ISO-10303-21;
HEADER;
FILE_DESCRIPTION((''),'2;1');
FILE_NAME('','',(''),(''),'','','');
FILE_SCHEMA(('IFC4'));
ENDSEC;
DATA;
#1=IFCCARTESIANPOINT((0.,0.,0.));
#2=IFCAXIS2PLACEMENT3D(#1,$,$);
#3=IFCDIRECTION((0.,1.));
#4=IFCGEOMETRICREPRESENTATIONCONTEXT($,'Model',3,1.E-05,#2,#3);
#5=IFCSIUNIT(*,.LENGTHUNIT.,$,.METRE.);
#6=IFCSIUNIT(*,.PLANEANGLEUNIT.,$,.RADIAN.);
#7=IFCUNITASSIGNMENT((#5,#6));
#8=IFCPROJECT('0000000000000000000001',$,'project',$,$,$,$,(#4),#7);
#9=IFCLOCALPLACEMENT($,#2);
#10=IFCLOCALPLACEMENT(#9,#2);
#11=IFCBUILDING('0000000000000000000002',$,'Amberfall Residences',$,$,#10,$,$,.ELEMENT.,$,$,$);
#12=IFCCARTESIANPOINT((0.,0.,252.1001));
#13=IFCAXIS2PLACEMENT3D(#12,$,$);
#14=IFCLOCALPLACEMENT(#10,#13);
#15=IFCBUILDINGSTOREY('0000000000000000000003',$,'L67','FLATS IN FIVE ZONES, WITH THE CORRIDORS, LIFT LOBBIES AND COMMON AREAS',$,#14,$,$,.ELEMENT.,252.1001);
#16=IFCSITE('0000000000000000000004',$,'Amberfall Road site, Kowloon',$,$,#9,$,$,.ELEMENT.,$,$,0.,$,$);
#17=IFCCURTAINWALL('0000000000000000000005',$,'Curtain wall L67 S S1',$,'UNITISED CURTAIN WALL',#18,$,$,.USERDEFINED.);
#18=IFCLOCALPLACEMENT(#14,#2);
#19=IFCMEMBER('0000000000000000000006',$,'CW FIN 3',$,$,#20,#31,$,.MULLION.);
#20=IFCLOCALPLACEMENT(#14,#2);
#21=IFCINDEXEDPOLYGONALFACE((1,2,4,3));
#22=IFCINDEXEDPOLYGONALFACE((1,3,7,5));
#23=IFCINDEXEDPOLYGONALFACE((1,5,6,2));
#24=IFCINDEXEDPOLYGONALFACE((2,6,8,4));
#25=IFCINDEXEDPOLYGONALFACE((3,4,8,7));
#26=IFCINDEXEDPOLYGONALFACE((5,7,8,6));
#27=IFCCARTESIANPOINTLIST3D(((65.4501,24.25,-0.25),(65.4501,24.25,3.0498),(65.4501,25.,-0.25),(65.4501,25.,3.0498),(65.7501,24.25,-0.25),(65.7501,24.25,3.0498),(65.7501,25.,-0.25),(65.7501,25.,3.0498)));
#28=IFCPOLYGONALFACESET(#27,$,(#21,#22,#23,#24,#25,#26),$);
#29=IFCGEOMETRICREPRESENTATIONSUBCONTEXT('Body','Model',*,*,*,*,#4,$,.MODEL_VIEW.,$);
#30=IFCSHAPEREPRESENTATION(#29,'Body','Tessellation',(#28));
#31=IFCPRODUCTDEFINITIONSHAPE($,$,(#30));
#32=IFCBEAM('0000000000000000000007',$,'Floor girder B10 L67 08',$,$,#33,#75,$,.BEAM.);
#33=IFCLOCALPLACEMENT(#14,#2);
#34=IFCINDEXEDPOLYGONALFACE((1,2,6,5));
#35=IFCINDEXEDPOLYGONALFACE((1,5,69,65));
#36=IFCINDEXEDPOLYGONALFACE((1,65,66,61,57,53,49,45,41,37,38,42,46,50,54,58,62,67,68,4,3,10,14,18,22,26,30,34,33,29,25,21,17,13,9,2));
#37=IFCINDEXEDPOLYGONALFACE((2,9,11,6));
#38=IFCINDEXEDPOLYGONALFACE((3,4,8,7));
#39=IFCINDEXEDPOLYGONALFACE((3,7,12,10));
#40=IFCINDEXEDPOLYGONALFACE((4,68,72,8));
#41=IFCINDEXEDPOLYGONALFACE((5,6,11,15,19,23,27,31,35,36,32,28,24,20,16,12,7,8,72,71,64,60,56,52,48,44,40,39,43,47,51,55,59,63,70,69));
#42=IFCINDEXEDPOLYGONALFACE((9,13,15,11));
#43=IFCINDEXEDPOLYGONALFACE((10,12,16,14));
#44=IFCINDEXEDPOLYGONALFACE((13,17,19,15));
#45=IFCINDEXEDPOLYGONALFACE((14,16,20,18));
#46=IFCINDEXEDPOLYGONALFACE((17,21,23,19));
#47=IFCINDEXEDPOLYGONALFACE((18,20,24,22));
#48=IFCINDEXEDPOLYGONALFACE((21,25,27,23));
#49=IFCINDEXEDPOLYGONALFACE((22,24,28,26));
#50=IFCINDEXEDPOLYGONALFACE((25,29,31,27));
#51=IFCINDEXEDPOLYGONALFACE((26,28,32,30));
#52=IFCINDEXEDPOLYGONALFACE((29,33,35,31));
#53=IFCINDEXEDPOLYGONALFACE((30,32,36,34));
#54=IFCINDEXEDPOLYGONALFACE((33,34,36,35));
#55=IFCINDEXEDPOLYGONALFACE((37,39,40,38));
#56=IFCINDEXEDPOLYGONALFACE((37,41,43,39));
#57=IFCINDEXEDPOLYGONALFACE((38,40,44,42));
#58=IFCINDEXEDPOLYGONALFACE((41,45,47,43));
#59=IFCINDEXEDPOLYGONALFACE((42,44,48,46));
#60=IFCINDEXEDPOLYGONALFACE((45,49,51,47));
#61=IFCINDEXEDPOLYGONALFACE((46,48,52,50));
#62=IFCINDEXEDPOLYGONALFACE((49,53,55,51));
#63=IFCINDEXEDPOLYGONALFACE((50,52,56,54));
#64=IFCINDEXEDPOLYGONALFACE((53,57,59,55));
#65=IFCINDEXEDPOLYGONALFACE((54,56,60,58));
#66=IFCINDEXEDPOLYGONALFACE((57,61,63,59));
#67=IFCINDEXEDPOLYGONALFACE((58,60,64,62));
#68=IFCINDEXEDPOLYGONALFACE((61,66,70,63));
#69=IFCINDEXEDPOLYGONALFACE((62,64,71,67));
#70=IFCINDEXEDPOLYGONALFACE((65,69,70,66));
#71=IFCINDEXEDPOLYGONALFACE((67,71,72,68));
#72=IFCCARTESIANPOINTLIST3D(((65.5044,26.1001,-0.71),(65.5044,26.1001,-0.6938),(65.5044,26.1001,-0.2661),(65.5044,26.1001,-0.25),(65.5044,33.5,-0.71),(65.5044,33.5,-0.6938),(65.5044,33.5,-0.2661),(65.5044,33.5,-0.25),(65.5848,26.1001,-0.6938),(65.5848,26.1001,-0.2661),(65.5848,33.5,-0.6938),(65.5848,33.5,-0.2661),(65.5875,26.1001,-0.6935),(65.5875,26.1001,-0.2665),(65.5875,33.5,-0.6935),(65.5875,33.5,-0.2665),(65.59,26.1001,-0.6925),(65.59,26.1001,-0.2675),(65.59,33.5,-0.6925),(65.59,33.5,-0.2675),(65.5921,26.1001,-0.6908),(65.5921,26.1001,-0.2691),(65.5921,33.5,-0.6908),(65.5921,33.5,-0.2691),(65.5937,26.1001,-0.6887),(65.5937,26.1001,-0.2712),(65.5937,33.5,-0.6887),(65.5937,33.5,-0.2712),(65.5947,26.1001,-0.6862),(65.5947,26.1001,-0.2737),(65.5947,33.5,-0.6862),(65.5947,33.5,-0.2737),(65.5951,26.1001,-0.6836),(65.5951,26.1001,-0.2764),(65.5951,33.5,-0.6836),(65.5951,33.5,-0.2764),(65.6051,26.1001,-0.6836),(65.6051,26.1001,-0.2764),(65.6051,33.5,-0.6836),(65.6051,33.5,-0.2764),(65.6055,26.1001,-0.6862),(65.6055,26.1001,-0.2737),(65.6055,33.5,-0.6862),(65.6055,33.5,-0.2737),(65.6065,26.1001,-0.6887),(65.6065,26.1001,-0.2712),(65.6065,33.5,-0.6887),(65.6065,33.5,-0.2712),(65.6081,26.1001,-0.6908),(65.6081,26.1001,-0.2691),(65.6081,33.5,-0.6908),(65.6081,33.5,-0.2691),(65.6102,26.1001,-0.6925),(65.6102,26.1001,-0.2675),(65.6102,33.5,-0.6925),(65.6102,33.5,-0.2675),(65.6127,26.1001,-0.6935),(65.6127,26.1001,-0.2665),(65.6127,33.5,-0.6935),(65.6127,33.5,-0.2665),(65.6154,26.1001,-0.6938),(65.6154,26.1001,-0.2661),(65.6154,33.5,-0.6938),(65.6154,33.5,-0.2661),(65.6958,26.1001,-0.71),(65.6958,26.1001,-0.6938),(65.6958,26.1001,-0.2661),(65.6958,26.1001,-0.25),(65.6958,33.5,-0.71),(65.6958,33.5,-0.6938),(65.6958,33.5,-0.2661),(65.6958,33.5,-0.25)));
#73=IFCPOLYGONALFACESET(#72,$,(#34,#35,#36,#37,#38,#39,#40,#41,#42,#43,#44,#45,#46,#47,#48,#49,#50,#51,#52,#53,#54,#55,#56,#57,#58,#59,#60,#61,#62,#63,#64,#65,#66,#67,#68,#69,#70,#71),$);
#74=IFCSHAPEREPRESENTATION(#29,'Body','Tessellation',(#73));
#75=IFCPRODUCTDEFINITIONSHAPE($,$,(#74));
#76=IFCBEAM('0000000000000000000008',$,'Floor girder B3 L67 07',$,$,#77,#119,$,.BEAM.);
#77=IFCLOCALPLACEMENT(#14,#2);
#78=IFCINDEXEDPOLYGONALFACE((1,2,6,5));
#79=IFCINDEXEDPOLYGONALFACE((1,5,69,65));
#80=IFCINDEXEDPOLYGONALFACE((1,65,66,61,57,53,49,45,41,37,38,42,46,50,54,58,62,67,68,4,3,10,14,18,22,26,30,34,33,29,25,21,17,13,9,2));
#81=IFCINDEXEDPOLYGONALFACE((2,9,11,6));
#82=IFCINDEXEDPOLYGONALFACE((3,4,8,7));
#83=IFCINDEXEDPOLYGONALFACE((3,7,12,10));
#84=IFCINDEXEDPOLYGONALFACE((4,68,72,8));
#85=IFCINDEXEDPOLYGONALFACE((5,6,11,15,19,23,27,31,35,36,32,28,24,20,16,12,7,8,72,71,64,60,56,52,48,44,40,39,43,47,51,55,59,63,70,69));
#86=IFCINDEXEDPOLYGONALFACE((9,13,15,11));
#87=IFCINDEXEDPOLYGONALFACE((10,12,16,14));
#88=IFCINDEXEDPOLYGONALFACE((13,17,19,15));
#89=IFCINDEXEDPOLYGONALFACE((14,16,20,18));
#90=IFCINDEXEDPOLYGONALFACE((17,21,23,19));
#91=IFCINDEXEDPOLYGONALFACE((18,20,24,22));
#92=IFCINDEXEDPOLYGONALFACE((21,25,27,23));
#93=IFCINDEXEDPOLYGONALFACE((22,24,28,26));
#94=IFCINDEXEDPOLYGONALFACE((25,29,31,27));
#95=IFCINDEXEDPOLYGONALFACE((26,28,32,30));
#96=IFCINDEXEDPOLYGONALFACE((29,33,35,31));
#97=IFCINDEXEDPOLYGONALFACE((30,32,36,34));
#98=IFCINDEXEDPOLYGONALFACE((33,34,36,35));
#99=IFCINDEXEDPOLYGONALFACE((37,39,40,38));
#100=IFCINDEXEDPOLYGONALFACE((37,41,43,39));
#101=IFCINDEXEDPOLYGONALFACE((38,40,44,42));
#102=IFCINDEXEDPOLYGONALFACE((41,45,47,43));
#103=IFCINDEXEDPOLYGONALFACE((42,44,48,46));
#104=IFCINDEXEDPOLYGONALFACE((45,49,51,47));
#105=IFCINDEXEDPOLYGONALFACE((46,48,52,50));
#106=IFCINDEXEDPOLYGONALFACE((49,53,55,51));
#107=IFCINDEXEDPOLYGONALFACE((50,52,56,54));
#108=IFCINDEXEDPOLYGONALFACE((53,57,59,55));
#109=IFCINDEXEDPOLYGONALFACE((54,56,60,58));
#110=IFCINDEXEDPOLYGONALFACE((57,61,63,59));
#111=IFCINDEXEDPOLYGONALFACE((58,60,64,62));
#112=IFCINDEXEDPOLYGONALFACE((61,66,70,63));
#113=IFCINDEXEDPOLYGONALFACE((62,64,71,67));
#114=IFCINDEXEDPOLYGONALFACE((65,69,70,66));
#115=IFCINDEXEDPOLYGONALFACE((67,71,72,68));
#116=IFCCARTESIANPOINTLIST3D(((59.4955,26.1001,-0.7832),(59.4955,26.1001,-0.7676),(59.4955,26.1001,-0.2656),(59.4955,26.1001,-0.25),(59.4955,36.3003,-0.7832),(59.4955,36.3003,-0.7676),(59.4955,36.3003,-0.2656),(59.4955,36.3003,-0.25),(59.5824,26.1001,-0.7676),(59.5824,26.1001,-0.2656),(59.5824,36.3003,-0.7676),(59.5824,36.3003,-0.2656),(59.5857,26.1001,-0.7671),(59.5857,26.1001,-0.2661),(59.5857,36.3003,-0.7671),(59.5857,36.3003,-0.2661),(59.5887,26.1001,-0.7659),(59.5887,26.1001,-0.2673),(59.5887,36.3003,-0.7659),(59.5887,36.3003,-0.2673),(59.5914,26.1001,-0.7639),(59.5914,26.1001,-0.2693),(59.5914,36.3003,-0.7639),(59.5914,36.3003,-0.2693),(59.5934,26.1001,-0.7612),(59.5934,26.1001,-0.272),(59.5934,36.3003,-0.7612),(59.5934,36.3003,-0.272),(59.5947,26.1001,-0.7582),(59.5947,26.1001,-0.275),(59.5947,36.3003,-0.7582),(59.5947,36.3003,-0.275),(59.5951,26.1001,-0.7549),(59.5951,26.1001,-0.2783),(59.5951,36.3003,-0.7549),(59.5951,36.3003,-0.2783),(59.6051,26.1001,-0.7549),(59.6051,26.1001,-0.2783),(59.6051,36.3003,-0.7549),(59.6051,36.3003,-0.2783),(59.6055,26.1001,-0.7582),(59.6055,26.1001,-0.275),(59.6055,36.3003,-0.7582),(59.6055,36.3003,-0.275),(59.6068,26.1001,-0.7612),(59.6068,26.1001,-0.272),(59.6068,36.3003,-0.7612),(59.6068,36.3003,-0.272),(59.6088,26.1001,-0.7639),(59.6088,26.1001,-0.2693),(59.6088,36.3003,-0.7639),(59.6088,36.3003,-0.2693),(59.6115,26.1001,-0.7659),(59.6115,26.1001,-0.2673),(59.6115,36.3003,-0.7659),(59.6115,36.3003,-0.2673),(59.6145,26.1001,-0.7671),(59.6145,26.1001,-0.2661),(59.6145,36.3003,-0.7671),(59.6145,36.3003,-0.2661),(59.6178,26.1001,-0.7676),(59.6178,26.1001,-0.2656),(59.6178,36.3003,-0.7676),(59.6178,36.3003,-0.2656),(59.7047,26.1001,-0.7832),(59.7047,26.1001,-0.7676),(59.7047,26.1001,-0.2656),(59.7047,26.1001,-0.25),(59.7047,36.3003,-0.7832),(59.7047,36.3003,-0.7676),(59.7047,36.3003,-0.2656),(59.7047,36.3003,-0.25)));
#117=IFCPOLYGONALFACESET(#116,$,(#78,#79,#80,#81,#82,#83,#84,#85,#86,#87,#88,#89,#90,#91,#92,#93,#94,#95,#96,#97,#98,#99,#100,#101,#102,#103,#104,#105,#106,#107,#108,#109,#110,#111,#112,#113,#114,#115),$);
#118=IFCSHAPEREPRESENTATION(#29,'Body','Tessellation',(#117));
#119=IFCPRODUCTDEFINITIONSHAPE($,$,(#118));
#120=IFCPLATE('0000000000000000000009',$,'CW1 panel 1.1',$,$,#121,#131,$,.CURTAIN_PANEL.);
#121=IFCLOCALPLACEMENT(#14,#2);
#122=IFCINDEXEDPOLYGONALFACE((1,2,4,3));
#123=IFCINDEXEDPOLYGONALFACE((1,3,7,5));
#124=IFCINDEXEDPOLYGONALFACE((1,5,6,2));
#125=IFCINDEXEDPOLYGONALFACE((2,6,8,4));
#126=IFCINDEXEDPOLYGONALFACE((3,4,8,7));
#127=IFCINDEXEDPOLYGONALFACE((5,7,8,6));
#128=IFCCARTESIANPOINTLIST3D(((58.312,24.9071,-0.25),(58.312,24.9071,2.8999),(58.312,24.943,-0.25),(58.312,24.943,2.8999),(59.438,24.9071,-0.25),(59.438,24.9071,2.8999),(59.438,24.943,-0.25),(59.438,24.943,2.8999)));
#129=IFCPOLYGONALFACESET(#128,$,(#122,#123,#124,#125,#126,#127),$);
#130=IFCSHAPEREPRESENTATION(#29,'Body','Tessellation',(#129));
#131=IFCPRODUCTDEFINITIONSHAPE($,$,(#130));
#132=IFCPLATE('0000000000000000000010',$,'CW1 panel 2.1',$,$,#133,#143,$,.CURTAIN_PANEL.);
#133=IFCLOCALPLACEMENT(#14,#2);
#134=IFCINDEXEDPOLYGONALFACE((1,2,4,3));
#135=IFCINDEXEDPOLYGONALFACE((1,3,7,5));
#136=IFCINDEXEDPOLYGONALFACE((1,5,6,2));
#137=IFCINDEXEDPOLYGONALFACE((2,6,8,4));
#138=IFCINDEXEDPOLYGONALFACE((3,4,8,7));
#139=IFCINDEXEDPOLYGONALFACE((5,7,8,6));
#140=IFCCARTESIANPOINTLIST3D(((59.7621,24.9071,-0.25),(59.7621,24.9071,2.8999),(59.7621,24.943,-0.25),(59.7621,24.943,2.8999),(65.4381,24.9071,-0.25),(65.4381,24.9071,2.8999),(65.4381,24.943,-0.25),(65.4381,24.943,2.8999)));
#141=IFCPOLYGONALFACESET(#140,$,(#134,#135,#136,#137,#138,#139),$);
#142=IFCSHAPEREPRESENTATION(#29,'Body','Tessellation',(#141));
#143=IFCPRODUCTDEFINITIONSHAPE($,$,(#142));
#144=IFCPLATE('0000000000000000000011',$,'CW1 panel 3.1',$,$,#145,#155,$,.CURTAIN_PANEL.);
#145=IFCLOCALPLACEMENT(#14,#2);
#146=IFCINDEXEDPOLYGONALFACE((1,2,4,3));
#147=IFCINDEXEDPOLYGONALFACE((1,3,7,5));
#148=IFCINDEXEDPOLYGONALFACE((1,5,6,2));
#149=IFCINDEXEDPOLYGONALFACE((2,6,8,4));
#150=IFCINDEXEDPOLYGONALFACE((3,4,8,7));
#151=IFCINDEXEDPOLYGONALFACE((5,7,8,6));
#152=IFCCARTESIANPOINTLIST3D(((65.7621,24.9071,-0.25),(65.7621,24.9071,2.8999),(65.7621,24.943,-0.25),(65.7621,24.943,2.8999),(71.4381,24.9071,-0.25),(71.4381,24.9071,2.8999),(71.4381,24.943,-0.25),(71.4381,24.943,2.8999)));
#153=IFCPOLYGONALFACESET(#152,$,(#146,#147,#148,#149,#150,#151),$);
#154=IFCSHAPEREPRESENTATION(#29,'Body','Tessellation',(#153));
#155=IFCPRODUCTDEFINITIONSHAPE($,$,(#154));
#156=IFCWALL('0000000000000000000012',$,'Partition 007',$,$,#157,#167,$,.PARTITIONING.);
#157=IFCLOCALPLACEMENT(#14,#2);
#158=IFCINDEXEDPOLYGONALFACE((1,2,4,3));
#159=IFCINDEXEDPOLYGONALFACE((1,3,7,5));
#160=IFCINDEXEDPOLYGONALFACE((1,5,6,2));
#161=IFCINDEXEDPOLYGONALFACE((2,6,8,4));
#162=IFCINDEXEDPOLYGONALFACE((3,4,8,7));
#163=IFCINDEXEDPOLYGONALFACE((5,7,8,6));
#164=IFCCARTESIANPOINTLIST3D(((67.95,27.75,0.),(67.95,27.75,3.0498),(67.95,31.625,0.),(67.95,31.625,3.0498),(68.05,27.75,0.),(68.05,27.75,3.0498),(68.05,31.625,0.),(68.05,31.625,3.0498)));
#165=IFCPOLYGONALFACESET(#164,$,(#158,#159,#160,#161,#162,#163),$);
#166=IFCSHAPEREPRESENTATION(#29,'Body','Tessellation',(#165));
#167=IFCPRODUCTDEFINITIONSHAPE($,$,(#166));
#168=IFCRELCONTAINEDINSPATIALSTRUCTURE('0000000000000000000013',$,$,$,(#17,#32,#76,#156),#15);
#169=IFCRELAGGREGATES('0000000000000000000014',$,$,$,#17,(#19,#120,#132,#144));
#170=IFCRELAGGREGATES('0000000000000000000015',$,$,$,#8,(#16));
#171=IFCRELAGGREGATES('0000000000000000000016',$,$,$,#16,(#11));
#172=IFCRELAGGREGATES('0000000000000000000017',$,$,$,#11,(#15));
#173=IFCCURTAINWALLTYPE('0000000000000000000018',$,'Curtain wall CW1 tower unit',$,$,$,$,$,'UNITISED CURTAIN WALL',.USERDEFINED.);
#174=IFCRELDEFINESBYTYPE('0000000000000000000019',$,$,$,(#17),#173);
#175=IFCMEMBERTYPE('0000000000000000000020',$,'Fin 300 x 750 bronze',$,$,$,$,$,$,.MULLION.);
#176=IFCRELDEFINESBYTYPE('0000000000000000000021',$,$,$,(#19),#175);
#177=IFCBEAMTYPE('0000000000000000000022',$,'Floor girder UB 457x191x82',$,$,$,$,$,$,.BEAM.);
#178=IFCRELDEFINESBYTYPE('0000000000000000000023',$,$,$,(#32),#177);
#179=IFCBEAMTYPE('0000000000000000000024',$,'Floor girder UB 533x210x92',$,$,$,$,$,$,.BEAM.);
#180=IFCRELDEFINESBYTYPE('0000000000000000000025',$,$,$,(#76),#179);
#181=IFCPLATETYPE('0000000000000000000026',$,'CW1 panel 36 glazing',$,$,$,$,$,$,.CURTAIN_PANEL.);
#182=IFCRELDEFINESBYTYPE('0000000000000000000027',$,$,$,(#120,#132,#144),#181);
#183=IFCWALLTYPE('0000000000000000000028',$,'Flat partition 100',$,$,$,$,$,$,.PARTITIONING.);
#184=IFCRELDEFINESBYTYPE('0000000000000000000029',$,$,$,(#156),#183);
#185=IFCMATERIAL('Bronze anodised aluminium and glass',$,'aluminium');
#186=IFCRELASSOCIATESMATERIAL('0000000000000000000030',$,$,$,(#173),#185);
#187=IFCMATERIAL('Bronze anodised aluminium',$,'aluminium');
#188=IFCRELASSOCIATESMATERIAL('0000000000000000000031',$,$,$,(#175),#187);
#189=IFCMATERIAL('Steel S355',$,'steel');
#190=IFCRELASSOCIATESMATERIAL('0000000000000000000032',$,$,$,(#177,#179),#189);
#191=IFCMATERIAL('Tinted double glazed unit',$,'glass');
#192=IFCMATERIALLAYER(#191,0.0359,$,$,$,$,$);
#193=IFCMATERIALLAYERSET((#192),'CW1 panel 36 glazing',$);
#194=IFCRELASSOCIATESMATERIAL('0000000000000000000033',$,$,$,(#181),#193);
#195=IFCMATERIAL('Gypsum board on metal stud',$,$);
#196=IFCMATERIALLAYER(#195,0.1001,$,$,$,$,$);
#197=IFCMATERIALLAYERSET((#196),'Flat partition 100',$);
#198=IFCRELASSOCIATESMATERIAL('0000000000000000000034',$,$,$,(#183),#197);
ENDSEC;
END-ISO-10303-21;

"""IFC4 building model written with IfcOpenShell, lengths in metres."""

from ifc_helpers import new_model, si_unit, direction, frame, frame_2d, origin, origin_2d, place, context, subcontext, project, spatial, rectangle, i_section, extrude, material, layer, layer_set, material_profile, profile_set, type_object, element, aggregate, save


model = new_model("IFC4")

# Units and contexts
model_context = context("Model", 3, precision=1e-05, world=origin(), true_north=direction((0.0, 1.0)))
body_context = subcontext(model_context, "Body", "Model", "MODEL_VIEW")
ifc_project = project(units=[si_unit("LENGTHUNIT", "METRE"), si_unit("PLANEANGLEUNIT", "RADIAN")], contexts=[model_context])

# Site, building, storey
site_placement = place(None, origin())
site = spatial("IfcSite", under=ifc_project, at=site_placement, Name="Amberfall Road site, Kowloon", CompositionType="ELEMENT", RefElevation=0.0)
building_placement = place(site_placement, origin())
building = spatial("IfcBuilding", under=site, at=building_placement, Name="Amberfall Residences", CompositionType="ELEMENT")
storey_placement = place(building_placement, frame((0.0, 0.0, 252.1001)))
storey = spatial("IfcBuildingStorey", under=building, at=storey_placement, Name="L67", Description="FLATS IN FIVE ZONES, WITH THE CORRIDORS, LIFT LOBBIES AND COMMON AREAS", CompositionType="ELEMENT", Elevation=252.1001)

# Curtain wall
ifc_material_1 = material(Name="Bronze anodised aluminium and glass", Category="aluminium")
curtain_wall_type = type_object("IfcCurtainWallType", Name="Curtain wall CW1 tower unit", ElementType="UNITISED CURTAIN WALL", PredefinedType="USERDEFINED", material=ifc_material_1)
curtain_wall_placement = place(storey_placement, origin())
curtain_wall = element("IfcCurtainWall", 1, at=curtain_wall_placement, inside=storey, type_object=curtain_wall_type, Name="Curtain wall L67 S S1", ObjectType="UNITISED CURTAIN WALL", PredefinedType="USERDEFINED")
ifc_material_2 = material(Name="Bronze anodised aluminium", Category="aluminium")

# Shared definitions
ifc_material_3 = material(Name="Steel S355", Category="steel")

# Member
ifc_material_profile_1 = material_profile(ifc_material_2, rectangle(XDim=0.75, YDim=0.3, at=origin_2d()), Name="Fin 300 x 750 bronze")
ifc_profile_set_1 = profile_set([ifc_material_profile_1], Name="Bronze anodised aluminium")
member_type_1 = type_object("IfcMemberType", Name="Fin 300 x 750 bronze", PredefinedType="MULLION", material=ifc_profile_set_1)
member_1_placement = place(storey_placement, frame((65.6001, 24.625, -0.25), z_axis=(0.0, 0.0, 1.0), x_axis=(0.0, 1.0, 0.0)))
member_1 = element("IfcMember", 2, at=member_1_placement, type_object=member_type_1, Name="CW FIN 3", PredefinedType="MULLION", context=body_context, shape_type="SweptSolid", body=[
    extrude(rectangle(XDim=0.75, YDim=0.3, at=origin_2d()), origin(), (0.0, 0.0, 1.0), 3.2998),
])

# Beams
ifc_material_profile_2 = material_profile(ifc_material_3, i_section(OverallWidth=0.1914, OverallDepth=0.46, WebThickness=0.01, FlangeThickness=0.0161, FilletRadius=0.0103, at=origin_2d()), Name="UB 457x191x82")
ifc_profile_set_2 = profile_set([ifc_material_profile_2], Name="Steel S355")
beam_type_1 = type_object("IfcBeamType", Name="Floor girder UB 457x191x82", PredefinedType="BEAM", material=ifc_profile_set_2)
beam_1_placement = place(storey_placement, frame((65.6001, 26.1001, -0.48), z_axis=(0.0, 1.0, 0.0), x_axis=(-1.0, 0.0, 0.0)))
element("IfcBeam", 3, at=beam_1_placement, inside=storey, type_object=beam_type_1, Name="Floor girder B10 L67 08", PredefinedType="BEAM", context=body_context, shape_type="SweptSolid", body=[
    extrude(i_section(OverallWidth=0.1914, OverallDepth=0.46, WebThickness=0.01, FlangeThickness=0.0161, FilletRadius=0.0103, at=origin_2d()), origin(), (0.0, 0.0, 1.0), 7.3999),
])
ifc_material_profile_3 = material_profile(ifc_material_3, i_section(OverallWidth=0.2092, OverallDepth=0.5332, WebThickness=0.01, FlangeThickness=0.0156, FilletRadius=0.0127, at=origin_2d()), Name="UB 533x210x92")
ifc_profile_set_3 = profile_set([ifc_material_profile_3], Name="Steel S355")
beam_type_2 = type_object("IfcBeamType", Name="Floor girder UB 533x210x92", PredefinedType="BEAM", material=ifc_profile_set_3)
beam_2_placement = place(storey_placement, frame((59.6001, 26.1001, -0.5166), z_axis=(0.0, 1.0, 0.0), x_axis=(-1.0, 0.0, 0.0)))
element("IfcBeam", 4, at=beam_2_placement, inside=storey, type_object=beam_type_2, Name="Floor girder B3 L67 07", PredefinedType="BEAM", context=body_context, shape_type="SweptSolid", body=[
    extrude(i_section(OverallWidth=0.2092, OverallDepth=0.5332, WebThickness=0.01, FlangeThickness=0.0156, FilletRadius=0.0127, at=origin_2d()), origin(), (0.0, 0.0, 1.0), 10.2002),
])

# Plates
ifc_material_4 = material(Name="Tinted double glazed unit", Category="glass")
ifc_layer_1 = layer(ifc_material_4, 0.0359)
ifc_layer_set_1 = layer_set([ifc_layer_1], Name="CW1 panel 36 glazing")
plate_type = type_object("IfcPlateType", Name="CW1 panel 36 glazing", PredefinedType="CURTAIN_PANEL", material=ifc_layer_set_1)
plate_1_placement = place(storey_placement, frame((58.875, 24.925, -0.25), z_axis=(0.0, 0.0, 1.0), x_axis=(1.0, 0.0, 0.0)))
plate_1 = element("IfcPlate", 5, at=plate_1_placement, type_object=plate_type, Name="CW1 panel 1.1", PredefinedType="CURTAIN_PANEL", context=body_context, shape_type="SweptSolid", body=[
    extrude(rectangle(XDim=1.126, YDim=0.0359, at=origin_2d()), origin(), (0.0, 0.0, 1.0), 3.1499),
])
plate_2_placement = place(storey_placement, frame((62.6001, 24.925, -0.25), z_axis=(0.0, 0.0, 1.0), x_axis=(1.0, 0.0, 0.0)))
plate_2 = element("IfcPlate", 6, at=plate_2_placement, type_object=plate_type, Name="CW1 panel 2.1", PredefinedType="CURTAIN_PANEL", context=body_context, shape_type="SweptSolid", body=[
    extrude(rectangle(XDim=5.676, YDim=0.0359, at=origin_2d()), origin(), (0.0, 0.0, 1.0), 3.1499),
])
plate_3_placement = place(storey_placement, frame((68.6001, 24.925, -0.25), z_axis=(0.0, 0.0, 1.0), x_axis=(1.0, 0.0, 0.0)))
plate_3 = element("IfcPlate", 7, at=plate_3_placement, type_object=plate_type, Name="CW1 panel 3.1", PredefinedType="CURTAIN_PANEL", context=body_context, shape_type="SweptSolid", body=[
    extrude(rectangle(XDim=5.676, YDim=0.0359, at=origin_2d()), origin(), (0.0, 0.0, 1.0), 3.1499),
])
aggregate(curtain_wall, [member_1, plate_1, plate_2, plate_3])

# Wall
ifc_material_5 = material(Name="Gypsum board on metal stud")
ifc_layer_2 = layer(ifc_material_5, 0.1001)
ifc_layer_set_2 = layer_set([ifc_layer_2], Name="Flat partition 100")
wall_type = type_object("IfcWallType", Name="Flat partition 100", PredefinedType="PARTITIONING", material=ifc_layer_set_2)
wall_1_placement = place(storey_placement, frame((68.0, 27.75, 0.0), z_axis=(0.0, 0.0, 1.0), x_axis=(0.0, 1.0, 0.0)))
element("IfcWall", 8, at=wall_1_placement, inside=storey, type_object=wall_type, Name="Partition 007", PredefinedType="PARTITIONING", context=body_context, shape_type="SweptSolid", body=[
    extrude(rectangle(XDim=3.875, YDim=0.1001, at=frame_2d((1.9375, 0.0))), origin(), (0.0, 0.0, 1.0), 3.0498),
])

save(model, "model.ifc")
